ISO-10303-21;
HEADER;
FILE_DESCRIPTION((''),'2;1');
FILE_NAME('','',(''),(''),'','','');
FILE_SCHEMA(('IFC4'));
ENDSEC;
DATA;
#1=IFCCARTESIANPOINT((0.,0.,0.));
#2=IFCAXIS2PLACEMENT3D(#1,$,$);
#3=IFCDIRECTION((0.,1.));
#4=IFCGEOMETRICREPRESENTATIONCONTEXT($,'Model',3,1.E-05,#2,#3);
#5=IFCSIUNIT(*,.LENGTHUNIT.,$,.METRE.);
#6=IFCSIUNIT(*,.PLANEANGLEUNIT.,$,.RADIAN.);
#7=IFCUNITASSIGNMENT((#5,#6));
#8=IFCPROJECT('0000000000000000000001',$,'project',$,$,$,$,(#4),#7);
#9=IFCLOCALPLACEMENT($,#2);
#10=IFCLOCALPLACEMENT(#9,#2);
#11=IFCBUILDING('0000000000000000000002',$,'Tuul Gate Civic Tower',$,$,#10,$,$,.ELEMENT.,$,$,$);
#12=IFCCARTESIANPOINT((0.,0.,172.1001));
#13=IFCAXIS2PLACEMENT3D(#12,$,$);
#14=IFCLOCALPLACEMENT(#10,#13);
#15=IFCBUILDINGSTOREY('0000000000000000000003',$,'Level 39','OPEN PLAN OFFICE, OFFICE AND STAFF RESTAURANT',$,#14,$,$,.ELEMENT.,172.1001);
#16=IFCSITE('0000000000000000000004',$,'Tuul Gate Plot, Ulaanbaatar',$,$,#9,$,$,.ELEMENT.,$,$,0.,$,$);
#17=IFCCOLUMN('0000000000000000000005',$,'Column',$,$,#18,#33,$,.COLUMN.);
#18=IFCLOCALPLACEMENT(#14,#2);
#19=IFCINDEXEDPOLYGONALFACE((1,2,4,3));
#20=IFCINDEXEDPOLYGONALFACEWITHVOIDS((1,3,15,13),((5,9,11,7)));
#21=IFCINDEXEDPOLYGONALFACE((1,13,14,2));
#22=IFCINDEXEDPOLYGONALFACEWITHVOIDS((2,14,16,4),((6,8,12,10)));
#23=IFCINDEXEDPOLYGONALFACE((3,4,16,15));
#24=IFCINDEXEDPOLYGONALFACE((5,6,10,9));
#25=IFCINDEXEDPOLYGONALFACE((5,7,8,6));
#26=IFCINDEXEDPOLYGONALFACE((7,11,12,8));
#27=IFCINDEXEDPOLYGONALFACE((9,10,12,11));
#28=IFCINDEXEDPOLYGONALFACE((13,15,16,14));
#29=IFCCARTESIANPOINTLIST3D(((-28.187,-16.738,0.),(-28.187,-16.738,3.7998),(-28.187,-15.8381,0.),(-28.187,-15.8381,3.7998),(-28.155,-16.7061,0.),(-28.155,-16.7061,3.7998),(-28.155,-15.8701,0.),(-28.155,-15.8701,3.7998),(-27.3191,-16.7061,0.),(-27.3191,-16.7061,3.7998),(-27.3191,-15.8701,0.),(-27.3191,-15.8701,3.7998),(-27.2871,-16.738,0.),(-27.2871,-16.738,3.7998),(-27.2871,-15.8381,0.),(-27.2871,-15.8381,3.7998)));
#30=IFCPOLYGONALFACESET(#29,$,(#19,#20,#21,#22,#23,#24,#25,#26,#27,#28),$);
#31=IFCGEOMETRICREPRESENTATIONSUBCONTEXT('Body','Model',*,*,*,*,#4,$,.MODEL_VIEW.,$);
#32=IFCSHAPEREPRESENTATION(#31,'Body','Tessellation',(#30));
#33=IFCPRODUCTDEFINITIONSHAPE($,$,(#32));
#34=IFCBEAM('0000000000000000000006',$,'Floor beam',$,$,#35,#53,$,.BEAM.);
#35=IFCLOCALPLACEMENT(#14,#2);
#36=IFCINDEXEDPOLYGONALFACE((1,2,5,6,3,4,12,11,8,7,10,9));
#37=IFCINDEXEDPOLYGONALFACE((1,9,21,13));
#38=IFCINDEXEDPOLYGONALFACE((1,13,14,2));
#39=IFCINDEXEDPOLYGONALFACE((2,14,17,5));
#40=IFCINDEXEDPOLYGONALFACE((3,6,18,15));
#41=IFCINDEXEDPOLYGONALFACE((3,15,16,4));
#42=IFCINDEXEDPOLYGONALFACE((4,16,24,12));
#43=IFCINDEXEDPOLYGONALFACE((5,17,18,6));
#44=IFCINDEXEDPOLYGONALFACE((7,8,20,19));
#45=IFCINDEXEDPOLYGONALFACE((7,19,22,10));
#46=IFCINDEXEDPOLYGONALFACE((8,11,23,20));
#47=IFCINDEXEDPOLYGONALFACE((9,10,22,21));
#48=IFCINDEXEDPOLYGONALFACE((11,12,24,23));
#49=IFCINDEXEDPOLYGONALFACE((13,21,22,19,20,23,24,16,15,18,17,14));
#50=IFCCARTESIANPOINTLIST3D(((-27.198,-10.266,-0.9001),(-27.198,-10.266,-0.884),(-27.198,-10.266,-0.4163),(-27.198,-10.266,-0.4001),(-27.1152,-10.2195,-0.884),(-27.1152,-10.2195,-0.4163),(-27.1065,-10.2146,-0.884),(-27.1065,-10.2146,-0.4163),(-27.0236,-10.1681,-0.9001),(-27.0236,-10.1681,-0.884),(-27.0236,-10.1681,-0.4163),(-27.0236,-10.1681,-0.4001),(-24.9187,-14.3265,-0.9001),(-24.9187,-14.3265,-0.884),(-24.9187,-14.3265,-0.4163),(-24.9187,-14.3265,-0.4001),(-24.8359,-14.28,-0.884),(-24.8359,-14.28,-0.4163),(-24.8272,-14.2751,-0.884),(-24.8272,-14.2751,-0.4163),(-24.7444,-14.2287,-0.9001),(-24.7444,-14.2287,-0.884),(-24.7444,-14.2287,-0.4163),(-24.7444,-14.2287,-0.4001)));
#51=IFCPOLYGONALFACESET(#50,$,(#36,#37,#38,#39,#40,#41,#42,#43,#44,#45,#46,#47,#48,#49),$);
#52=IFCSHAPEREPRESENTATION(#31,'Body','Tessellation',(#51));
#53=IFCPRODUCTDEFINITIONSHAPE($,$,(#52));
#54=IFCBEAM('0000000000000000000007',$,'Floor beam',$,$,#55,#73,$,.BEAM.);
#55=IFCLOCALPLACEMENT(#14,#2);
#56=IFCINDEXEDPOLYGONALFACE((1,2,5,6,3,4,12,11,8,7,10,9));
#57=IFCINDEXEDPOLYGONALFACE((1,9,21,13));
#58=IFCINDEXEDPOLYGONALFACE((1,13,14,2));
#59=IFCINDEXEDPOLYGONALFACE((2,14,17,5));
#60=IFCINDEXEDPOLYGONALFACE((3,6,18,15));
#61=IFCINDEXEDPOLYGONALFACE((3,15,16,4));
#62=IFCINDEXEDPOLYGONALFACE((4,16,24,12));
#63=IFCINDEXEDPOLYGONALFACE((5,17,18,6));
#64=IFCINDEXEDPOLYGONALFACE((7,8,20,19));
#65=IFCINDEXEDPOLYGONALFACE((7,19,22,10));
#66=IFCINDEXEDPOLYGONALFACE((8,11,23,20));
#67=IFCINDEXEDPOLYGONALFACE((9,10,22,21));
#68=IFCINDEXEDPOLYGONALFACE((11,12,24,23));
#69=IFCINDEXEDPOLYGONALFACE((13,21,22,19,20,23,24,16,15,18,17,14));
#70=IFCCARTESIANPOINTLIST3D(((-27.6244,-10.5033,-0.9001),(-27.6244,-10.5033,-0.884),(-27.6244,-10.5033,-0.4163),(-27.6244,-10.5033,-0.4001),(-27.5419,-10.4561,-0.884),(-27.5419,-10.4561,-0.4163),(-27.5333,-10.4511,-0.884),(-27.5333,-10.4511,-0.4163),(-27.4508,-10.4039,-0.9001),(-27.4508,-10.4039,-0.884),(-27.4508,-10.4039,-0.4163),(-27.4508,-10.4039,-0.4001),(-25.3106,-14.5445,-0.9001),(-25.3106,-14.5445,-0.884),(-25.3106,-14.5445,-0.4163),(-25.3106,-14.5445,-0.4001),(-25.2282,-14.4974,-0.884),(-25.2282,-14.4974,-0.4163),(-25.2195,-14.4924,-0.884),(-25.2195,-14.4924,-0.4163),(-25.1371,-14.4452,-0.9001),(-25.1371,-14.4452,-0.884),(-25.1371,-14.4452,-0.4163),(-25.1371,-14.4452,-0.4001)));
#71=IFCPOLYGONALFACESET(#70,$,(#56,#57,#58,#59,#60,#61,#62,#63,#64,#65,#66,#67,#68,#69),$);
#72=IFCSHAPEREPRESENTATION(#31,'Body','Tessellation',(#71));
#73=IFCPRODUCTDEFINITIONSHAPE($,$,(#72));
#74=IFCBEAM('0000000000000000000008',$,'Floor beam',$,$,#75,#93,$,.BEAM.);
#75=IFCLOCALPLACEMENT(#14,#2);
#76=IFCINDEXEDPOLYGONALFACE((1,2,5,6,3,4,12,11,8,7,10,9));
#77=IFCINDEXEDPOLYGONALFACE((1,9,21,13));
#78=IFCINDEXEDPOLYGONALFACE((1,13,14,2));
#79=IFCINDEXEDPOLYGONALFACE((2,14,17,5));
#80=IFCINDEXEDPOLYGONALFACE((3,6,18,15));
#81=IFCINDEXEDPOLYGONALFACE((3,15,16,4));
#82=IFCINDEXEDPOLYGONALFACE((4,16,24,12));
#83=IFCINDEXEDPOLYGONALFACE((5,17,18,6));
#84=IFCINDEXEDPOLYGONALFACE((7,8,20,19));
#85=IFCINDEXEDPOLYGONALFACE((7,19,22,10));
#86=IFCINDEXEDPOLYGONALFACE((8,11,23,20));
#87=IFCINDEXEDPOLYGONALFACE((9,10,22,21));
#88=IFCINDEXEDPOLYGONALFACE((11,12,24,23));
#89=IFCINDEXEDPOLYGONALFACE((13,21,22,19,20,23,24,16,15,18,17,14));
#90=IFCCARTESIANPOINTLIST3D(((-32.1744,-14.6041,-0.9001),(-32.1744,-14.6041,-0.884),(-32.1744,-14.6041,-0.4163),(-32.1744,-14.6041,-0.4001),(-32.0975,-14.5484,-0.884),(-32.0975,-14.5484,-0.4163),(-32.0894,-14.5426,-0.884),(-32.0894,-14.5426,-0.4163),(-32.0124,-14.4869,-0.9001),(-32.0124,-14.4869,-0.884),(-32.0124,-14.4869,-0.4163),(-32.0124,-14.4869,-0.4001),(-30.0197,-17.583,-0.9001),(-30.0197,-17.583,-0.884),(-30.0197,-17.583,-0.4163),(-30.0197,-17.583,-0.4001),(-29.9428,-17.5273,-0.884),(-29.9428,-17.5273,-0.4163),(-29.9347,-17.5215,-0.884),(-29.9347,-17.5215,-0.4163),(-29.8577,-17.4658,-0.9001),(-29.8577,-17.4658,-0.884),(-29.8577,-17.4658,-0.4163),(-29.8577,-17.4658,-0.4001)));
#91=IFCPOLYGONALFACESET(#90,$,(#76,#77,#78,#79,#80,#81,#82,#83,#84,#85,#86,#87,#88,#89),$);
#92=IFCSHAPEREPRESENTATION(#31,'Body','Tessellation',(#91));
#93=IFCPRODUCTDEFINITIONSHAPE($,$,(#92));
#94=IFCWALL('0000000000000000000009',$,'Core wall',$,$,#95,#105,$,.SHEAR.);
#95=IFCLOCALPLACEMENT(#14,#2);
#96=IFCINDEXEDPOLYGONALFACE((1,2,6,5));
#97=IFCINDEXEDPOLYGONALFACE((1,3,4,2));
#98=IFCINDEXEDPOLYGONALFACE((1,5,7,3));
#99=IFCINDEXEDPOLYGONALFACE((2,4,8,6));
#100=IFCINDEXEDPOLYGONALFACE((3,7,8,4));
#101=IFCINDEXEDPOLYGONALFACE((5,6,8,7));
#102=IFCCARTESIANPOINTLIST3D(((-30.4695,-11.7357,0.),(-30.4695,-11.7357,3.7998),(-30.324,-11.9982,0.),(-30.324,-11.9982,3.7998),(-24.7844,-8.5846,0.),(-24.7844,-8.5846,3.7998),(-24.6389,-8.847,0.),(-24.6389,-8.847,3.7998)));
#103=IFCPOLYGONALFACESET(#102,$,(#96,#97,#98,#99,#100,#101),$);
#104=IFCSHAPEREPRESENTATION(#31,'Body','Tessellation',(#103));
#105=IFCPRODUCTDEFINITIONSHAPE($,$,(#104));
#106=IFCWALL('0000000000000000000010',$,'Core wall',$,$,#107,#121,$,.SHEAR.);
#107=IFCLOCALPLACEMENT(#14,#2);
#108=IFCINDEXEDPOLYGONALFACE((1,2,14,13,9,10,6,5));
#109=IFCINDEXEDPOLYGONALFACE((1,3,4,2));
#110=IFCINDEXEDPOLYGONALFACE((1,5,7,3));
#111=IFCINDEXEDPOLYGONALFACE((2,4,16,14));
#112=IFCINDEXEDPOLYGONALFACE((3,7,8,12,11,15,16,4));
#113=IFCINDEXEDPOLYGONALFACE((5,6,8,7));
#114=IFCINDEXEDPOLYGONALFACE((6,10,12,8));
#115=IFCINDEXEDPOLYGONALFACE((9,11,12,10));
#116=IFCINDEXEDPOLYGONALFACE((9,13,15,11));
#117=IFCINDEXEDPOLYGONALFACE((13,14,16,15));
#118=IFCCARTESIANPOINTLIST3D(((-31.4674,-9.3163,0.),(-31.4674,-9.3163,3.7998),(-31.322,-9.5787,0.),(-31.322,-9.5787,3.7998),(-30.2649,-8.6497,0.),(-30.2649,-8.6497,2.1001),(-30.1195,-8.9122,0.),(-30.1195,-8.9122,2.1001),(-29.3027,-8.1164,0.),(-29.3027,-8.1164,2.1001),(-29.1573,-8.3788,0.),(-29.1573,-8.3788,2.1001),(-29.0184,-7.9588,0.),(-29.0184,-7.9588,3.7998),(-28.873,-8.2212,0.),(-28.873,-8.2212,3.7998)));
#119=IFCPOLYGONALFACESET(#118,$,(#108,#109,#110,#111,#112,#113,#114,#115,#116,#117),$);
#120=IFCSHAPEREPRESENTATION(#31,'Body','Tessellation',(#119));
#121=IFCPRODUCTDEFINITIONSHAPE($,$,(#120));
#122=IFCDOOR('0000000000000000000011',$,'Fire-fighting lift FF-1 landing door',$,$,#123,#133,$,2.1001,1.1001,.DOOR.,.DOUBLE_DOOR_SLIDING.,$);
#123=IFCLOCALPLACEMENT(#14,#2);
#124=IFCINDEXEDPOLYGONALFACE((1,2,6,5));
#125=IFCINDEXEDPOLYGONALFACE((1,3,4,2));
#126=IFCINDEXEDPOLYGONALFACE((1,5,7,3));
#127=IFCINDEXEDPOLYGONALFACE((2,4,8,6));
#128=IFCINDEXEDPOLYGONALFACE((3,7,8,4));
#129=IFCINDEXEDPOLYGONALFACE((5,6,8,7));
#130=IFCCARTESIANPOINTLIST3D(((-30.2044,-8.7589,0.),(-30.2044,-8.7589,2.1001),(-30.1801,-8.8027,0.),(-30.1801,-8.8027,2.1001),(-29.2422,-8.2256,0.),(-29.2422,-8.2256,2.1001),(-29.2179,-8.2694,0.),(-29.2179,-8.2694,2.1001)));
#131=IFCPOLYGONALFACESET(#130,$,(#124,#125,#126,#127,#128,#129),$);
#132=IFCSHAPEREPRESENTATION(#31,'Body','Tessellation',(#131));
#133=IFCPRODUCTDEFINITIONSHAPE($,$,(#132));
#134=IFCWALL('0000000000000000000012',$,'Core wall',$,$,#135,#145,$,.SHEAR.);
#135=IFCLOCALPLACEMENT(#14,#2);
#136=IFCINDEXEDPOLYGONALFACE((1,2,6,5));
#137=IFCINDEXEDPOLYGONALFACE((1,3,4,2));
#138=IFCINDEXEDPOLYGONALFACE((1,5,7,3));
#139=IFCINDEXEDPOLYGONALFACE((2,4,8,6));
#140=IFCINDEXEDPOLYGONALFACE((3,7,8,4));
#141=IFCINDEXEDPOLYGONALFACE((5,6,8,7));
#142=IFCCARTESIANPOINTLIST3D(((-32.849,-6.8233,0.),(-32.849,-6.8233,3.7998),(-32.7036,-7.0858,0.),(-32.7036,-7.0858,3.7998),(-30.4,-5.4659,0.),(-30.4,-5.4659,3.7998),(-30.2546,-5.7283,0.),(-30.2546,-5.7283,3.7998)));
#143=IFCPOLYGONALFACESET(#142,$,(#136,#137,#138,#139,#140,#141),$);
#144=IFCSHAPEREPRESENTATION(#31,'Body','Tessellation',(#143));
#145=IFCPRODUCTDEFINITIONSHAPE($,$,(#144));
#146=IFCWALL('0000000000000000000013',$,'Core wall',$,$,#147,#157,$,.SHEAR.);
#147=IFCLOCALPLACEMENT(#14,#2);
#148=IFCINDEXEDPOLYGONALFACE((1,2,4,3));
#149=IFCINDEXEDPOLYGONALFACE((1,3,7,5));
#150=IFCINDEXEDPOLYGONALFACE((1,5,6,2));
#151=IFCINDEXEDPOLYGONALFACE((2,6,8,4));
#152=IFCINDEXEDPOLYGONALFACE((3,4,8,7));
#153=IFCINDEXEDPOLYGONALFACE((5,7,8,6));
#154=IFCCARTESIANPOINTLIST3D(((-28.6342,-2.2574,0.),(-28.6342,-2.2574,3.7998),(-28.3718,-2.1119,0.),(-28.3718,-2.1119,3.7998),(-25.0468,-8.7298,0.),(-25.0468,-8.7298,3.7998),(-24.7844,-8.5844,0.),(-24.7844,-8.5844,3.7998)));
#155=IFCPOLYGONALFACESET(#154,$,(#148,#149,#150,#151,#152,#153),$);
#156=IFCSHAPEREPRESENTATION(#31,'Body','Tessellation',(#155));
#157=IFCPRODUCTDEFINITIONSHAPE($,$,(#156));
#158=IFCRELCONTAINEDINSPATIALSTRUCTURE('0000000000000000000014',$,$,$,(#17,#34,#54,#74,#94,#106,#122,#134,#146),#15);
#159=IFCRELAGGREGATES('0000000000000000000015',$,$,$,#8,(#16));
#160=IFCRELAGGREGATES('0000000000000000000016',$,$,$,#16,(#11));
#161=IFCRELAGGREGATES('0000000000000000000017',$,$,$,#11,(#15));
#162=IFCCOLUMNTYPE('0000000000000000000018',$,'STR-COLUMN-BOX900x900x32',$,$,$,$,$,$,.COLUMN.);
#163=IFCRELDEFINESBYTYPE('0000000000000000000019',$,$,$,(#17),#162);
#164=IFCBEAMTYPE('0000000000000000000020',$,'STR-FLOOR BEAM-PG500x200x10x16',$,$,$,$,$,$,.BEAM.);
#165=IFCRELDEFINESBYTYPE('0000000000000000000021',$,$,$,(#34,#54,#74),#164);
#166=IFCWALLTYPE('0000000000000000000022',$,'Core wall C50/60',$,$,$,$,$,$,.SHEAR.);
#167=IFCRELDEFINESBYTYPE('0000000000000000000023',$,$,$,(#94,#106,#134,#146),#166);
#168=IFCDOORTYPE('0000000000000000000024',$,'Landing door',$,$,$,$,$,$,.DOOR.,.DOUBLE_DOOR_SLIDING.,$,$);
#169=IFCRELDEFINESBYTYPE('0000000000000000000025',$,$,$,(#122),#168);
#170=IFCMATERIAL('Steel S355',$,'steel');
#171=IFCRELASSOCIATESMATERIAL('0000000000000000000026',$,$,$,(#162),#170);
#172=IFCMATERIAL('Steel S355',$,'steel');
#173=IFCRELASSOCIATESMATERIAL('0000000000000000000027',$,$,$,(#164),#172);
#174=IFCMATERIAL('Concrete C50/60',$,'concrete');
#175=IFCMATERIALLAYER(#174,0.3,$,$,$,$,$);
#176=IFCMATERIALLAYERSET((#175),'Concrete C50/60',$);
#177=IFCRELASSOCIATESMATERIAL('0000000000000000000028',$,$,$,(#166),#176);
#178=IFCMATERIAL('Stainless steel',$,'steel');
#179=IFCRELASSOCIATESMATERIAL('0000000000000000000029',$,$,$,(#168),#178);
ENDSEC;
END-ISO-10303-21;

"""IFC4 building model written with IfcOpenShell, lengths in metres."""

from ifc_helpers import new_model, si_unit, direction, frame, frame_2d, origin, origin_2d, place, context, subcontext, project, spatial, rectangle, hollow_rectangle, i_section, extrude, material, layer, layer_set, material_profile, profile_set, type_object, element, fill, save


model = new_model("IFC4")

# Units and contexts
model_context = context("Model", 3, precision=1e-05, world=origin(), true_north=direction((0.0, 1.0)))
body_context = subcontext(model_context, "Body", "Model", "MODEL_VIEW")
ifc_project = project(units=[si_unit("LENGTHUNIT", "METRE"), si_unit("PLANEANGLEUNIT", "RADIAN")], contexts=[model_context])

# Site, building, storey
site_placement = place(None, origin())
site = spatial("IfcSite", under=ifc_project, at=site_placement, Name="Tuul Gate Plot, Ulaanbaatar", CompositionType="ELEMENT", RefElevation=0.0)
building_placement = place(site_placement, origin())
building = spatial("IfcBuilding", under=site, at=building_placement, Name="Tuul Gate Civic Tower", CompositionType="ELEMENT")
storey_placement = place(building_placement, frame((0.0, 0.0, 172.1001)))
storey = spatial("IfcBuildingStorey", under=building, at=storey_placement, Name="Level 39", Description="OPEN PLAN OFFICE, OFFICE AND STAFF RESTAURANT", CompositionType="ELEMENT", Elevation=172.1001)

# Column
ifc_material_1 = material(Name="Steel S355", Category="steel")
ifc_material_profile_1 = material_profile(ifc_material_1, hollow_rectangle(XDim=0.8999, YDim=0.8999, WallThickness=0.032, at=origin_2d()), Name="BOX900x900x32")
ifc_profile_set_1 = profile_set([ifc_material_profile_1], Name="Steel S355")
column_type = type_object("IfcColumnType", Name="STR-COLUMN-BOX900x900x32", PredefinedType="COLUMN", material=ifc_profile_set_1)
column_placement = place(storey_placement, frame((-27.7371, -16.2881, 0.0), z_axis=(0.0, 0.0, 1.0), x_axis=(1.0, 0.0, 0.0)))
element("IfcColumn", 1, at=column_placement, inside=storey, type_object=column_type, Name="Column", PredefinedType="COLUMN", context=body_context, shape_type="SweptSolid", body=[
    extrude(hollow_rectangle(XDim=0.8999, YDim=0.8999, WallThickness=0.032, at=origin_2d()), origin(), (0.0, 0.0, 1.0), 3.7998),
])

# Beams
ifc_material_2 = material(Name="Steel S355", Category="steel")
ifc_material_profile_2 = material_profile(ifc_material_2, i_section(OverallWidth=0.2, OverallDepth=0.5, WebThickness=0.01, FlangeThickness=0.0161, at=origin_2d()), Name="PG500x200x10x16")
ifc_profile_set_2 = profile_set([ifc_material_profile_2], Name="Steel S355")
beam_type = type_object("IfcBeamType", Name="STR-FLOOR BEAM-PG500x200x10x16", PredefinedType="BEAM", material=ifc_profile_set_2)
beam_1_placement = place(storey_placement, frame((-24.8315, -14.2776, -0.6501), z_axis=(-0.489484, 0.872012, 0.0), x_axis=(-0.872012, -0.489484, 0.0)))
element("IfcBeam", 2, at=beam_1_placement, inside=storey, type_object=beam_type, Name="Floor beam", PredefinedType="BEAM", context=body_context, shape_type="SweptSolid", body=[
    extrude(i_section(OverallWidth=0.2, OverallDepth=0.5, WebThickness=0.01, FlangeThickness=0.0161, at=origin_2d()), origin(), (0.0, 0.0, 1.0), 4.6565),
])
beam_2_placement = place(storey_placement, frame((-25.2239, -14.4949, -0.6501), z_axis=(-0.496856, 0.867833, 0.0), x_axis=(-0.867833, -0.496856, 0.0)))
element("IfcBeam", 3, at=beam_2_placement, inside=storey, type_object=beam_type, Name="Floor beam", PredefinedType="BEAM", context=body_context, shape_type="SweptSolid", body=[
    extrude(i_section(OverallWidth=0.2, OverallDepth=0.5, WebThickness=0.01, FlangeThickness=0.0161, at=origin_2d()), origin(), (0.0, 0.0, 1.0), 4.6567),
])
beam_3_placement = place(storey_placement, frame((-29.9387, -17.5244, -0.6501), z_axis=(-0.586077, 0.810255, 0.0), x_axis=(-0.810255, -0.586077, 0.0)))
element("IfcBeam", 4, at=beam_3_placement, inside=storey, type_object=beam_type, Name="Floor beam", PredefinedType="BEAM", context=body_context, shape_type="SweptSolid", body=[
    extrude(i_section(OverallWidth=0.2, OverallDepth=0.5, WebThickness=0.01, FlangeThickness=0.0161, at=origin_2d()), origin(), (0.0, 0.0, 1.0), 3.6765),
])

# Wall
ifc_material_3 = material(Name="Concrete C50/60", Category="concrete")
ifc_layer_1 = layer(ifc_material_3, 0.3)
ifc_layer_set_1 = layer_set([ifc_layer_1], Name="Concrete C50/60")
wall_type_1 = type_object("IfcWallType", Name="Core wall C50/60", PredefinedType="SHEAR", material=ifc_layer_set_1)
wall_1_placement = place(storey_placement, frame((-24.7117, -8.7158, 0.0), z_axis=(0.0, 0.0, 1.0), x_axis=(-0.87463, -0.484791, 0.0)))
element("IfcWall", 5, at=wall_1_placement, inside=storey, type_object=wall_type_1, Name="Core wall", PredefinedType="SHEAR", context=body_context, shape_type="SweptSolid", body=[
    extrude(rectangle(XDim=6.5, YDim=0.3, at=frame_2d((3.25, 0.0))), origin(), (0.0, 0.0, 1.0), 3.7998),
])

# Wall, opening, door
wall_2_placement = place(storey_placement, frame((-28.9458, -8.0901, 0.0), z_axis=(0.0, 0.0, 1.0), x_axis=(-0.87463, -0.484791, 0.0)))
wall_2 = element("IfcWall", 6, at=wall_2_placement, inside=storey, type_object=wall_type_1, Name="Core wall", PredefinedType="SHEAR", context=body_context, shape_type="SweptSolid", body=[
    extrude(rectangle(XDim=2.8, YDim=0.3, at=frame_2d((1.3999, 0.0))), origin(), (0.0, 0.0, 1.0), 3.7998),
])
opening_1_placement = place(wall_2_placement, frame((0.325, 0.0, 0.0)))
opening_1 = element("IfcOpeningElement", 7, at=opening_1_placement, cuts=wall_2, PredefinedType="OPENING", context=body_context, shape_type="SweptSolid", body=[
    extrude(rectangle(XDim=1.1001, YDim=2.1001, at=frame_2d((0.55, 1.05))), frame((0.0, 0.1602, 0.0), z_axis=(0.0, -1.0, 0.0), x_axis=(1.0, 0.0, 0.0)), (0.0, 0.0, 1.0), 0.3201),
])
ifc_material_4 = material(Name="Stainless steel", Category="steel")
door_type_1 = type_object("IfcDoorType", Name="Landing door", OperationType="DOUBLE_DOOR_SLIDING", PredefinedType="DOOR", material=ifc_material_4)
door_1_placement = place(opening_1_placement, origin())
door_1 = element("IfcDoor", 8, at=door_1_placement, inside=storey, type_object=door_type_1, Name="Fire-fighting lift FF-1 landing door", OperationType="DOUBLE_DOOR_SLIDING", OverallHeight=2.1001, OverallWidth=1.1001, PredefinedType="DOOR", context=body_context, shape_type="SweptSolid", body=[
    extrude(rectangle(XDim=1.1001, YDim=2.1001, at=frame_2d((0.55, 1.05))), frame((0.0, 0.0249, 0.0), z_axis=(0.0, -1.0, 0.0), x_axis=(1.0, 0.0, 0.0)), (0.0, 0.0, 1.0), 0.05),
])
fill(opening_1, door_1)

# Walls
wall_3_placement = place(storey_placement, frame((-30.3274, -5.5972, 0.0), z_axis=(0.0, 0.0, 1.0), x_axis=(-0.87463, -0.484791, 0.0)))
element("IfcWall", 9, at=wall_3_placement, inside=storey, type_object=wall_type_1, Name="Core wall", PredefinedType="SHEAR", context=body_context, shape_type="SweptSolid", body=[
    extrude(rectangle(XDim=2.8, YDim=0.3, at=frame_2d((1.3999, 0.0))), origin(), (0.0, 0.0, 1.0), 3.7998),
])
wall_4_placement = place(storey_placement, frame((-24.9155, -8.6572, 0.0), z_axis=(0.0, 0.0, 1.0), x_axis=(-0.484777, 0.874638, 0.0)))
element("IfcWall", 10, at=wall_4_placement, inside=storey, type_object=wall_type_1, Name="Core wall", PredefinedType="SHEAR", context=body_context, shape_type="SweptSolid", body=[
    extrude(rectangle(XDim=7.4001, YDim=0.3, at=frame_2d((3.7002, 0.0))), origin(), (0.0, 0.0, 1.0), 3.7998),
])

save(model, "model.ifc")
